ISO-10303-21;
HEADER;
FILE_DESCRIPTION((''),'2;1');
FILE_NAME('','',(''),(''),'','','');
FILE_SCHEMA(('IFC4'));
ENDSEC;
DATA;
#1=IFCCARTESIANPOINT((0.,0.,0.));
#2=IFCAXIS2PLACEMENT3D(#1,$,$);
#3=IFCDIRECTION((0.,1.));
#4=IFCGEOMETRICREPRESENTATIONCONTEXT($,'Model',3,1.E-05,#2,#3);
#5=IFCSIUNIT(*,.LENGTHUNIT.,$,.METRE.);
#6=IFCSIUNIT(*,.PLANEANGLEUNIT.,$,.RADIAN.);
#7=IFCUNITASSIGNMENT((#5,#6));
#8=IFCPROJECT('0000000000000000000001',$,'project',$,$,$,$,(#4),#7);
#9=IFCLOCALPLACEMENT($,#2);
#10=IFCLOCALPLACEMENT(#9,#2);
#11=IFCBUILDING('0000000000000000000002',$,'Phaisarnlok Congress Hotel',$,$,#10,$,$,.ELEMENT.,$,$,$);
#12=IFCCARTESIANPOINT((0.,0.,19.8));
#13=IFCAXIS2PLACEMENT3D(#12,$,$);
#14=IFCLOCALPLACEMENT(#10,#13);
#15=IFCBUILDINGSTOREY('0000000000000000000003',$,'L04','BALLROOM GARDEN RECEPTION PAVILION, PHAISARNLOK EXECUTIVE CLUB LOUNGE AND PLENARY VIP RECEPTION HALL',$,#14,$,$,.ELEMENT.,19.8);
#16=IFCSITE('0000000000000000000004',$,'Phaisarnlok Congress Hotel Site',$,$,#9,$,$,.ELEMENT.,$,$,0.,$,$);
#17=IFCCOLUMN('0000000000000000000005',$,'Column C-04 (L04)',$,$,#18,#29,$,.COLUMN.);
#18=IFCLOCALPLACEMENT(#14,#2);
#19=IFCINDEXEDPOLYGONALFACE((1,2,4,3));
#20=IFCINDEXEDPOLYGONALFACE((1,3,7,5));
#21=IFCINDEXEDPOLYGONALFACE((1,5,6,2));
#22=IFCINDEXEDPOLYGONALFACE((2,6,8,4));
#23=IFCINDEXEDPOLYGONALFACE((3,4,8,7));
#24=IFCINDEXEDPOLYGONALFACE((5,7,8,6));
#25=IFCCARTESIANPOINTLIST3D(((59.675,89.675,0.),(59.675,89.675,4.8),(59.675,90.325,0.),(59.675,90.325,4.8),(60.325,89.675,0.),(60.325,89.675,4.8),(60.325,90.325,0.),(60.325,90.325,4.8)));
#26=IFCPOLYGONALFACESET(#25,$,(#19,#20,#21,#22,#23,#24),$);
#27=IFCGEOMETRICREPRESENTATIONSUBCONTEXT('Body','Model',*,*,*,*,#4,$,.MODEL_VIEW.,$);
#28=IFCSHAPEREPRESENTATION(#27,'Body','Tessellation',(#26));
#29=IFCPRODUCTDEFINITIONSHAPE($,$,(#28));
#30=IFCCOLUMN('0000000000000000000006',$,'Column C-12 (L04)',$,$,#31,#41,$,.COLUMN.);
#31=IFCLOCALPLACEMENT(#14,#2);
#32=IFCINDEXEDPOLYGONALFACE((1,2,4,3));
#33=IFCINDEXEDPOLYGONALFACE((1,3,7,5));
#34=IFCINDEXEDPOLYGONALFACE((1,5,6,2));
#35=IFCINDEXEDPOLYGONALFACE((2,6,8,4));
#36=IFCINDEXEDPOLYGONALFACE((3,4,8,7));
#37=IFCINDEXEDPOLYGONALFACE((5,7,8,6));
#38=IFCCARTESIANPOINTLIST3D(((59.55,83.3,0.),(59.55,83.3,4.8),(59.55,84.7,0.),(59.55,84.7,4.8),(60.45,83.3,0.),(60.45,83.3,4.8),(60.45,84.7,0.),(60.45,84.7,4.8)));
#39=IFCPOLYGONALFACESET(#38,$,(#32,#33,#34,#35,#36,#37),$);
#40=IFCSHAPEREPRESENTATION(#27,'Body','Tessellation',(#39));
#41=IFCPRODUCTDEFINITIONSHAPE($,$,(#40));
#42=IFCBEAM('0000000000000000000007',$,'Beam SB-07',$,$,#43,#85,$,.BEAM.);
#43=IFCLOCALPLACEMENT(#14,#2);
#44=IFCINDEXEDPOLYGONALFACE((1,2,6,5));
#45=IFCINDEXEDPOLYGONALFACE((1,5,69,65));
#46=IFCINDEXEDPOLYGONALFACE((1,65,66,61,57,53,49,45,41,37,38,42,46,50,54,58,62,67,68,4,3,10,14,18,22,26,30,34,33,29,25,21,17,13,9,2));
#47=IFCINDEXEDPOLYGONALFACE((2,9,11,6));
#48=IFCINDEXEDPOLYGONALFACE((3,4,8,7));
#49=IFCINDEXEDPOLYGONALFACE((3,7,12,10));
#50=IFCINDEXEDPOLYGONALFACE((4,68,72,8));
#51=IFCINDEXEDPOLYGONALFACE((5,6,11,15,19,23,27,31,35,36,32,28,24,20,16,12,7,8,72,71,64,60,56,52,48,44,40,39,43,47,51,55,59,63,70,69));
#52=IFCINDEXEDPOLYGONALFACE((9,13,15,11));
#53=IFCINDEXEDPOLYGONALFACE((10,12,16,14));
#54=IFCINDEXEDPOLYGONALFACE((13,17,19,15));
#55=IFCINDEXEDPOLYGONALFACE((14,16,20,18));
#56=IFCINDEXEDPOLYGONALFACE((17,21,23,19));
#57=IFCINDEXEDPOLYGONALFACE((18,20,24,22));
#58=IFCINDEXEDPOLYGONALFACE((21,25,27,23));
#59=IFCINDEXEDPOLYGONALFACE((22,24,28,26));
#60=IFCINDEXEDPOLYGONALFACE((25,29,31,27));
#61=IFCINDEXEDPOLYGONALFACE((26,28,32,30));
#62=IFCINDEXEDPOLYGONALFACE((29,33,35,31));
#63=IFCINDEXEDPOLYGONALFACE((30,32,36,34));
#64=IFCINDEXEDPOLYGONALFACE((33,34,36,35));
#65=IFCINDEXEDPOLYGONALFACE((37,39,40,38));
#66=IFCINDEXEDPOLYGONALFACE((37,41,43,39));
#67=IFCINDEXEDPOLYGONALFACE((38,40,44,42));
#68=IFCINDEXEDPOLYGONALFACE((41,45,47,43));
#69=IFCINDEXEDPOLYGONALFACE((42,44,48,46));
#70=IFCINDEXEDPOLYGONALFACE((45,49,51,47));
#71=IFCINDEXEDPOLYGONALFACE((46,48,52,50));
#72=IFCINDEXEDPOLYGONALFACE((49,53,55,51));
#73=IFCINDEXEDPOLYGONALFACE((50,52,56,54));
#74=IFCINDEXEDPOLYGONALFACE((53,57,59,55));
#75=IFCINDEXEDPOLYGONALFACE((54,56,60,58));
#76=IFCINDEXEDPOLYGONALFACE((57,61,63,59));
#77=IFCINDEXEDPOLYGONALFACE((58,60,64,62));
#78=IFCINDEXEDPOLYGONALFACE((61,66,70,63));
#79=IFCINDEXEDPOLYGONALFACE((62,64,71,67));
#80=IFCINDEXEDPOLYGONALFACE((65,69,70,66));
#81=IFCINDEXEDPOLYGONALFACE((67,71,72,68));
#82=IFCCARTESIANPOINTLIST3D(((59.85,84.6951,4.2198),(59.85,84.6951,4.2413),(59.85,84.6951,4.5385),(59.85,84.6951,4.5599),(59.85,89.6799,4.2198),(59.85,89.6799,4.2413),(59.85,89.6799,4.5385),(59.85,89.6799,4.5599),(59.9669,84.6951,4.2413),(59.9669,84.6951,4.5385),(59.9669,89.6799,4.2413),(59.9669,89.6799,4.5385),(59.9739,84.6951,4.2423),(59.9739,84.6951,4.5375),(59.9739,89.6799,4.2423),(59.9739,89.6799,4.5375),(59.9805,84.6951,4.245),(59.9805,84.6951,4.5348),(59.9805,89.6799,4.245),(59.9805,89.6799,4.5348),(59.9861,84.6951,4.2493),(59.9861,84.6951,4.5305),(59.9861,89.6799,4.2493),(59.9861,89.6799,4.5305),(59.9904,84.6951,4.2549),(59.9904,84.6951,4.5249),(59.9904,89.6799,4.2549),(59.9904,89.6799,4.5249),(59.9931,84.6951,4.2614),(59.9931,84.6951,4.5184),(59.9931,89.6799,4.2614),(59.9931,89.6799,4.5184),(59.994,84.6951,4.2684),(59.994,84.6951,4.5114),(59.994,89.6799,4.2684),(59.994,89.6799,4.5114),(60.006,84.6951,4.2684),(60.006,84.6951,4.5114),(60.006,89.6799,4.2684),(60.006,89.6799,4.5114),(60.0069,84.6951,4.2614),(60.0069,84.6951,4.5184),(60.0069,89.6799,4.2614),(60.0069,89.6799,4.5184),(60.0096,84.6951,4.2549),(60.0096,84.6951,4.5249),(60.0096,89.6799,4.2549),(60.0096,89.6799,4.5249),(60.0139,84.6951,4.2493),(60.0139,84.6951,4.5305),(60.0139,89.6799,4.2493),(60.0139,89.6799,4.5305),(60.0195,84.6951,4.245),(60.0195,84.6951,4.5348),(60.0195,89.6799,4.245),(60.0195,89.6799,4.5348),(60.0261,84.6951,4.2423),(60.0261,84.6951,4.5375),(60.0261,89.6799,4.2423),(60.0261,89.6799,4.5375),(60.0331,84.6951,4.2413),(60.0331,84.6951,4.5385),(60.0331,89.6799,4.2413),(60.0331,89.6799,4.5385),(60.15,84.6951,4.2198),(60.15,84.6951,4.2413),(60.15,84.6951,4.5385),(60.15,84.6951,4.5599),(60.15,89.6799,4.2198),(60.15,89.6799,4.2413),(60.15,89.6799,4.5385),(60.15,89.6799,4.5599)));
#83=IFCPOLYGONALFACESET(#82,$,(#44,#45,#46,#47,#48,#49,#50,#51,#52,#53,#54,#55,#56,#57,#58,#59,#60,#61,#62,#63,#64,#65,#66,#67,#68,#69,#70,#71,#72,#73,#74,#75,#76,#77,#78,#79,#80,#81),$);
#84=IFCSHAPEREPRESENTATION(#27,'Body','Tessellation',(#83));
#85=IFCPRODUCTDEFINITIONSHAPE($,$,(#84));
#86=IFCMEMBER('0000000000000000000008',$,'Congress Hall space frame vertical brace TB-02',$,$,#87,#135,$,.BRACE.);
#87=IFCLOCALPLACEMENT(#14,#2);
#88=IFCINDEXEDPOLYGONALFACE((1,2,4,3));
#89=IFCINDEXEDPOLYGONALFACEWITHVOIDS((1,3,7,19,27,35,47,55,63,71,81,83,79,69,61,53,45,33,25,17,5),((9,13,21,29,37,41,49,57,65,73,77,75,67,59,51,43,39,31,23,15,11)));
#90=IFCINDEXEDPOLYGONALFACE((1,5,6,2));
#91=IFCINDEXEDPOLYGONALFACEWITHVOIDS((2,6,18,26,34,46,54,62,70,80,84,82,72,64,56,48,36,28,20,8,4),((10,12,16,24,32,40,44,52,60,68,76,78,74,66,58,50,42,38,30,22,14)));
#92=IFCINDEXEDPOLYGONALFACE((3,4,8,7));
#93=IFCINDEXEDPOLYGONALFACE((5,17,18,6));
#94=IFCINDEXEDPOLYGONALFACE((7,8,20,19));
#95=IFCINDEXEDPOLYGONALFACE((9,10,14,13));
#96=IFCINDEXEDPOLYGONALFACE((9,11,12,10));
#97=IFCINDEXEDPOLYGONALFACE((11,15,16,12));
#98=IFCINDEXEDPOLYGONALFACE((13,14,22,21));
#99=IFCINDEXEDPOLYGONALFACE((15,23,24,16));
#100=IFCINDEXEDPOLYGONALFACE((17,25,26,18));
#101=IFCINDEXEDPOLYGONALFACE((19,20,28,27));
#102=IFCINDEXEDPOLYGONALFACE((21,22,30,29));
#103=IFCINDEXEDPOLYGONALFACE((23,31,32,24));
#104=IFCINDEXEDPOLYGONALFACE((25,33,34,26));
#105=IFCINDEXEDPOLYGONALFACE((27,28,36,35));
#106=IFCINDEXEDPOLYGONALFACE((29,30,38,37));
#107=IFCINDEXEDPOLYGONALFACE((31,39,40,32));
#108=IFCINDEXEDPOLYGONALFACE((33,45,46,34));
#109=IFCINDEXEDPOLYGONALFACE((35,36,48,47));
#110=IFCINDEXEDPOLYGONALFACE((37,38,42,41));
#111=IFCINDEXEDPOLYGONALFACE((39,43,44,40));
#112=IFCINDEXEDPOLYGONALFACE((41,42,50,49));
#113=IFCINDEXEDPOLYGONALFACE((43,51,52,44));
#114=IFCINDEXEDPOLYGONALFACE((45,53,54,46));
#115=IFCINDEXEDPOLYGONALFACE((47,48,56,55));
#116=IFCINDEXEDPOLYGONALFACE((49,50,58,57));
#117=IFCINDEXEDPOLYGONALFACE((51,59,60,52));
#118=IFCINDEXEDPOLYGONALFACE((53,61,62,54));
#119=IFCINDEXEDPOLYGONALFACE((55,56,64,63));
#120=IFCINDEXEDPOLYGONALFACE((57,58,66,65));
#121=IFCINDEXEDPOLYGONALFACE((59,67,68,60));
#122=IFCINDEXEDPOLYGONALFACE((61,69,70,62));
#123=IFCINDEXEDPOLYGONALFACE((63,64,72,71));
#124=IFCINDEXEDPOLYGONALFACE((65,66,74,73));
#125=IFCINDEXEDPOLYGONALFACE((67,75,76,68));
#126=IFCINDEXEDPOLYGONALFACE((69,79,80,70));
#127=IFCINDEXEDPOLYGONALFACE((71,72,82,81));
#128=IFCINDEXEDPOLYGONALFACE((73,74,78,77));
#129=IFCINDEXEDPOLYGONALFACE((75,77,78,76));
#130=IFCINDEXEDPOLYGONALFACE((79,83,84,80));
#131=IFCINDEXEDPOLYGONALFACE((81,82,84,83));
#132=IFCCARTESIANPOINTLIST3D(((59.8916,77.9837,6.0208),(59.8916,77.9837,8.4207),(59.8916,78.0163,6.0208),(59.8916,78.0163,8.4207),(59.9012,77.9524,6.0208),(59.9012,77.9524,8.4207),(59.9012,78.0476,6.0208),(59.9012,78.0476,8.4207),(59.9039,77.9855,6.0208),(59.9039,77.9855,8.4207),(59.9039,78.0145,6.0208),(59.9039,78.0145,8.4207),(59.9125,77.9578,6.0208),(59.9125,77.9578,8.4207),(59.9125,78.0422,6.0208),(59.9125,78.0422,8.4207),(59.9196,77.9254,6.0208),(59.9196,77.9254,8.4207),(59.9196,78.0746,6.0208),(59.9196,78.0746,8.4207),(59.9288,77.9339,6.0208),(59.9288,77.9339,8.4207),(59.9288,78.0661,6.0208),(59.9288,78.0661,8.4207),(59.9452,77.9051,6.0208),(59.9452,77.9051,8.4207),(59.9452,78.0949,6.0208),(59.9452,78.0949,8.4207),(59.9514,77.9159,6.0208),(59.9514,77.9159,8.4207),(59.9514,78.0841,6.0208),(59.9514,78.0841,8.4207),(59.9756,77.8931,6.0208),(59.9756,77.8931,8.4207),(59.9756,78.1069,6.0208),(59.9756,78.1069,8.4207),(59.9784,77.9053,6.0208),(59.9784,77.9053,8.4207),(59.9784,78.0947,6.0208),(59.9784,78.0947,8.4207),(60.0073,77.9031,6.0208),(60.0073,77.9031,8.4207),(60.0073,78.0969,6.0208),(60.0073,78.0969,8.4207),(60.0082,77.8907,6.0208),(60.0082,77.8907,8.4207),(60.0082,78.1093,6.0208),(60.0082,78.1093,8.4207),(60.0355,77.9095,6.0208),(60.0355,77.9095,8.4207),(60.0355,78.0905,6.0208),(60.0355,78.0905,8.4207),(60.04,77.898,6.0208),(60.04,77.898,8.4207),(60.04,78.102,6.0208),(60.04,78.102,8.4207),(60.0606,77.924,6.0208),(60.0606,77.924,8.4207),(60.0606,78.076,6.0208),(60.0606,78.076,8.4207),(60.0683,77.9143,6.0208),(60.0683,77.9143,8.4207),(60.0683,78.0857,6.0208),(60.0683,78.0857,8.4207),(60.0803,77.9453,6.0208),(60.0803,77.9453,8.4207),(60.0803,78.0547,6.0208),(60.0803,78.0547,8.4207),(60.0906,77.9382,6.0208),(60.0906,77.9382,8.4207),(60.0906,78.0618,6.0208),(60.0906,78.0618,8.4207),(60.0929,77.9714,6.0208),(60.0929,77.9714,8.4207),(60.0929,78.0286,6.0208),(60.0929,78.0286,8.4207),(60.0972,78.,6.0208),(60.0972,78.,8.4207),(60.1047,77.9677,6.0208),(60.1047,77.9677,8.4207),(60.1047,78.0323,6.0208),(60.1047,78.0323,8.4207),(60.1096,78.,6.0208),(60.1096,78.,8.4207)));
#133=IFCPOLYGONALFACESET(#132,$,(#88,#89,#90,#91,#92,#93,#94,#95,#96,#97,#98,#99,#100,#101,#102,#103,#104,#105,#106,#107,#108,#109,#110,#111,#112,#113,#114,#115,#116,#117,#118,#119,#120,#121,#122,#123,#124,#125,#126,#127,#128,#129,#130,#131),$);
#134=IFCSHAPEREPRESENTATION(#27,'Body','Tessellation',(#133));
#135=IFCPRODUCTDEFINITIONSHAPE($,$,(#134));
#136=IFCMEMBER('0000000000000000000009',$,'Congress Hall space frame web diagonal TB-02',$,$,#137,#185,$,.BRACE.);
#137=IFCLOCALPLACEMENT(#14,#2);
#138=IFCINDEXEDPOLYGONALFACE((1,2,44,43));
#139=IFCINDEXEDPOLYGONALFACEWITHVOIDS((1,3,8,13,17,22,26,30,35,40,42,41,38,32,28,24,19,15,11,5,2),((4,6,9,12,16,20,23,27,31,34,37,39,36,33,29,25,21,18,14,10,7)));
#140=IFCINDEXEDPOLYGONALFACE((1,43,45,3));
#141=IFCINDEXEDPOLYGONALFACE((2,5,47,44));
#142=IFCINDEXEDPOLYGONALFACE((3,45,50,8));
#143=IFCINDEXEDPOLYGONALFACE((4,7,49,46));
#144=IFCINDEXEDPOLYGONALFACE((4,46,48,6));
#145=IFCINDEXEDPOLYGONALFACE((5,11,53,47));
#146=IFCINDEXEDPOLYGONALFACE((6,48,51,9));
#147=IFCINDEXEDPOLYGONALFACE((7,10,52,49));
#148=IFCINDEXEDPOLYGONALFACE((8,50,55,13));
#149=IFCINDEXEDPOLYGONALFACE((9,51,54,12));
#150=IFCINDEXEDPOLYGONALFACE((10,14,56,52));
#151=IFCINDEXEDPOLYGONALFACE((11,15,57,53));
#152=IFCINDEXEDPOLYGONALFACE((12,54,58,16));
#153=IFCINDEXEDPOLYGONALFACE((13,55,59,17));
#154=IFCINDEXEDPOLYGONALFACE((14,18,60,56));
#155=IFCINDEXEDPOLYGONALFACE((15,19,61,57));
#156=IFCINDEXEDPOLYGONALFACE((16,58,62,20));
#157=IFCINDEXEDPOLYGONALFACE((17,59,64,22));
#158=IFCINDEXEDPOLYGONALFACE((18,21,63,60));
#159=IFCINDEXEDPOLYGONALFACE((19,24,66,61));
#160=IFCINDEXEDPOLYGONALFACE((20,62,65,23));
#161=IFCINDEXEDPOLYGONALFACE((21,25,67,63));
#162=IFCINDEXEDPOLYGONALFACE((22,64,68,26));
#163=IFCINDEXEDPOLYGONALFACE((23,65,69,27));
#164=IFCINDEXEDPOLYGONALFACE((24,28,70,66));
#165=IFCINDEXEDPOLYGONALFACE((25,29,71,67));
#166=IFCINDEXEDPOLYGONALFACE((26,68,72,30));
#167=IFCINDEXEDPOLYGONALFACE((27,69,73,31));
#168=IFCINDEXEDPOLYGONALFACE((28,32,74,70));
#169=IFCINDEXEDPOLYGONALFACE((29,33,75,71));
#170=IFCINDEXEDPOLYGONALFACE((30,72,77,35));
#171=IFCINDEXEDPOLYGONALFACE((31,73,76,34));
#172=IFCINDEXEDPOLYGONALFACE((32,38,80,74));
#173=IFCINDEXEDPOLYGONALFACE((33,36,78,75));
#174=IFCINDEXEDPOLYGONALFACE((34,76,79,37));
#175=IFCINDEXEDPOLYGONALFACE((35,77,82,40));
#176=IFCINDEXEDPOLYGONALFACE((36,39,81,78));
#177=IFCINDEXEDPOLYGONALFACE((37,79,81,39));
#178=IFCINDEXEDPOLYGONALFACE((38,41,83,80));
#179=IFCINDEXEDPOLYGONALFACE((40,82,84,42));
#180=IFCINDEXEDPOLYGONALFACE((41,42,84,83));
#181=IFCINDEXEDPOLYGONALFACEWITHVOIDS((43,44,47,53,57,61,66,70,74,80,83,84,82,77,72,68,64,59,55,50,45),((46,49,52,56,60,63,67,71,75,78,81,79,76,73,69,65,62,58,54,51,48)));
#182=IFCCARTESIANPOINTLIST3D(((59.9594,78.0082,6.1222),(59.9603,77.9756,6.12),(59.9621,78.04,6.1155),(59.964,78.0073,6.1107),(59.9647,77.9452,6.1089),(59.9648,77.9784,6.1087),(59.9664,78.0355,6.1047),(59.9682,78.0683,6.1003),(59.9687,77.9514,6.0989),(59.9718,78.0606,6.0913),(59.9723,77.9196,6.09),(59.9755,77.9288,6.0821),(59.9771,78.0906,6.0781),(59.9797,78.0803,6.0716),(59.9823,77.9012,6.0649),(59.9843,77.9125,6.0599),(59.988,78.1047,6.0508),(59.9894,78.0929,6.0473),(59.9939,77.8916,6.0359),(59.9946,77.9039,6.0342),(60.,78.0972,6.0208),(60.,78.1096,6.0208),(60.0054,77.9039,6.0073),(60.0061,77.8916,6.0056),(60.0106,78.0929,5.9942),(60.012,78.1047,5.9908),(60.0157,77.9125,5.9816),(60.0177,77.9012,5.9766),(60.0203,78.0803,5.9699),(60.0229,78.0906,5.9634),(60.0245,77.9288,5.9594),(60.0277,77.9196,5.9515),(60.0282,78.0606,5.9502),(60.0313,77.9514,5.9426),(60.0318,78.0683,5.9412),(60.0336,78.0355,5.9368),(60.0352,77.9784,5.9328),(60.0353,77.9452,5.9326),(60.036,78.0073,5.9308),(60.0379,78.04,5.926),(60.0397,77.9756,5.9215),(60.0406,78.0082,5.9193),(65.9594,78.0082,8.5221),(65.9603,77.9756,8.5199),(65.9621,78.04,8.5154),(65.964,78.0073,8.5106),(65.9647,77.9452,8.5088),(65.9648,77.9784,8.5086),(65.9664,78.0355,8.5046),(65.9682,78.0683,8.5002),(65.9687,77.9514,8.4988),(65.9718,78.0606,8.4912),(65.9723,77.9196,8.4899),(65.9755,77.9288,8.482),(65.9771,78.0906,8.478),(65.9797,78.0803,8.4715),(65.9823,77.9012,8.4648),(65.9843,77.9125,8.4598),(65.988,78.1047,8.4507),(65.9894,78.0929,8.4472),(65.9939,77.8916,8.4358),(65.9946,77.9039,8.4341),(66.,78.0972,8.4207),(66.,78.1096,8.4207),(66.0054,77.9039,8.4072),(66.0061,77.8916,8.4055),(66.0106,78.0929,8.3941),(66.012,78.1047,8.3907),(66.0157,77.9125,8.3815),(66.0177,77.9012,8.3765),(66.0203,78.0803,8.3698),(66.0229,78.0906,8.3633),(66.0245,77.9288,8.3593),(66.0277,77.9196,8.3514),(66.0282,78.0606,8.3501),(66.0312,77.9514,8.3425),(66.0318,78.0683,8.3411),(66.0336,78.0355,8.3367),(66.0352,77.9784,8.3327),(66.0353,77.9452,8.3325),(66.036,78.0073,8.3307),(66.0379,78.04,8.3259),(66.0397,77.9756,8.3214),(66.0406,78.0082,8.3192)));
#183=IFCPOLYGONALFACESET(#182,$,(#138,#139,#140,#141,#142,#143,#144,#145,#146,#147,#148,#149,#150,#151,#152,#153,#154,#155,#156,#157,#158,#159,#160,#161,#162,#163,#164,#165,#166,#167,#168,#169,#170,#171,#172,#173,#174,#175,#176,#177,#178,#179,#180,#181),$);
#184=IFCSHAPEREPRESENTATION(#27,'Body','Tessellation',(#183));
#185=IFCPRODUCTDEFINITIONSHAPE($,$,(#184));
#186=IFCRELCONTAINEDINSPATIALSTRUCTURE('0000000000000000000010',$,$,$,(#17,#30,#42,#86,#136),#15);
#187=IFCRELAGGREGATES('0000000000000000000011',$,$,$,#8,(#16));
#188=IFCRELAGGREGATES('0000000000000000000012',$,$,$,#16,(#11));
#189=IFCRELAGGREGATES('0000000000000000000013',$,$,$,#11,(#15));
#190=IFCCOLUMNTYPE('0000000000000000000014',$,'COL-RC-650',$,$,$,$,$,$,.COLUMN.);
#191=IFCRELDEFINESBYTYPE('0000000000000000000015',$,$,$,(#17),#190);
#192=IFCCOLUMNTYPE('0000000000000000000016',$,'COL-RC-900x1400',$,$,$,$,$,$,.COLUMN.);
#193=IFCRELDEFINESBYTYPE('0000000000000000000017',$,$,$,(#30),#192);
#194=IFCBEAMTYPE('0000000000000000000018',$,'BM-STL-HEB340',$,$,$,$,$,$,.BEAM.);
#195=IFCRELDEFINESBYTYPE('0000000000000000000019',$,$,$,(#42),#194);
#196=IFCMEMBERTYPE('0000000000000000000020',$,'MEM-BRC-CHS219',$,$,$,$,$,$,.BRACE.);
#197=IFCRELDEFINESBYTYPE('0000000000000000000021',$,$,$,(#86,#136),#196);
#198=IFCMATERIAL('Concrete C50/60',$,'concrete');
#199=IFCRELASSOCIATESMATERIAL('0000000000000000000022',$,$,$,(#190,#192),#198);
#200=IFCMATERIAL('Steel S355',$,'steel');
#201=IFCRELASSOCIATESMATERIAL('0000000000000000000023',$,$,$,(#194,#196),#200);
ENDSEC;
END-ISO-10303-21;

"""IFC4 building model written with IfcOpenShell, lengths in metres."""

from ifc_helpers import new_model, si_unit, direction, frame, origin, origin_2d, place, context, subcontext, project, spatial, rectangle, hollow_circle, i_section, extrude, material, material_profile, profile_set, type_object, element, save


model = new_model("IFC4")

# Units and contexts
model_context = context("Model", 3, precision=1e-05, world=origin(), true_north=direction((0.0, 1.0)))
body_context = subcontext(model_context, "Body", "Model", "MODEL_VIEW")
ifc_project = project(units=[si_unit("LENGTHUNIT", "METRE"), si_unit("PLANEANGLEUNIT", "RADIAN")], contexts=[model_context])

# Site, building, storey
site_placement = place(None, origin())
site = spatial("IfcSite", under=ifc_project, at=site_placement, Name="Phaisarnlok Congress Hotel Site", CompositionType="ELEMENT", RefElevation=0.0)
building_placement = place(site_placement, origin())
building = spatial("IfcBuilding", under=site, at=building_placement, Name="Phaisarnlok Congress Hotel", CompositionType="ELEMENT")
storey_placement = place(building_placement, frame((0.0, 0.0, 19.8)))
storey = spatial("IfcBuildingStorey", under=building, at=storey_placement, Name="L04", Description="BALLROOM GARDEN RECEPTION PAVILION, PHAISARNLOK EXECUTIVE CLUB LOUNGE AND PLENARY VIP RECEPTION HALL", CompositionType="ELEMENT", Elevation=19.8)

# Columns
ifc_material_1 = material(Name="Concrete C50/60", Category="concrete")
ifc_material_profile_1 = material_profile(ifc_material_1, rectangle(XDim=0.6499, YDim=0.6499, at=origin_2d()), Name="RC 650x650")
ifc_profile_set_1 = profile_set([ifc_material_profile_1], Name="Concrete C50/60")
column_type_1 = type_object("IfcColumnType", Name="COL-RC-650", PredefinedType="COLUMN", material=ifc_profile_set_1)
column_1_placement = place(storey_placement, frame((60.0, 90.0, 0.0), z_axis=(0.0, 0.0, 1.0), x_axis=(1.0, 0.0, 0.0)))
element("IfcColumn", 1, at=column_1_placement, inside=storey, type_object=column_type_1, Name="Column C-04 (L04)", PredefinedType="COLUMN", context=body_context, shape_type="SweptSolid", body=[
    extrude(rectangle(XDim=0.6499, YDim=0.6499, at=origin_2d()), origin(), (0.0, 0.0, 1.0), 4.8),
])
ifc_material_profile_2 = material_profile(ifc_material_1, rectangle(XDim=0.8999, YDim=1.3999, at=origin_2d()), Name="RC 900x1400")
ifc_profile_set_2 = profile_set([ifc_material_profile_2], Name="Concrete C50/60")
column_type_2 = type_object("IfcColumnType", Name="COL-RC-900x1400", PredefinedType="COLUMN", material=ifc_profile_set_2)
column_2_placement = place(storey_placement, frame((60.0, 84.0, 0.0), z_axis=(0.0, 0.0, 1.0), x_axis=(1.0, 0.0, 0.0)))
element("IfcColumn", 2, at=column_2_placement, inside=storey, type_object=column_type_2, Name="Column C-12 (L04)", PredefinedType="COLUMN", context=body_context, shape_type="SweptSolid", body=[
    extrude(rectangle(XDim=0.8999, YDim=1.3999, at=origin_2d()), origin(), (0.0, 0.0, 1.0), 4.8),
])

# Beam
ifc_material_2 = material(Name="Steel S355", Category="steel")
ifc_material_profile_3 = material_profile(ifc_material_2, i_section(OverallWidth=0.3, OverallDepth=0.3401, WebThickness=0.012, FlangeThickness=0.0215, FilletRadius=0.0271, at=origin_2d()), Name="HEB 340")
ifc_profile_set_3 = profile_set([ifc_material_profile_3], Name="Steel S355")
beam_type_1 = type_object("IfcBeamType", Name="BM-STL-HEB340", PredefinedType="BEAM", material=ifc_profile_set_3)
beam_1_placement = place(storey_placement, frame((60.0, 84.6951, 4.3899), z_axis=(0.0, 1.0, 0.0), x_axis=(-1.0, 0.0, 0.0)))
element("IfcBeam", 3, at=beam_1_placement, inside=storey, type_object=beam_type_1, Name="Beam SB-07", PredefinedType="BEAM", context=body_context, shape_type="SweptSolid", body=[
    extrude(i_section(OverallWidth=0.3, OverallDepth=0.3401, WebThickness=0.012, FlangeThickness=0.0215, FilletRadius=0.0271, at=origin_2d()), origin(), (0.0, 0.0, 1.0), 4.9849),
])

# Members
ifc_material_profile_4 = material_profile(ifc_material_2, hollow_circle(Radius=0.1096, WallThickness=0.0125, at=origin_2d()), Name="CHS 219.1x12.5")
ifc_profile_set_4 = profile_set([ifc_material_profile_4], Name="Steel S355")
member_type_1 = type_object("IfcMemberType", Name="MEM-BRC-CHS219", PredefinedType="BRACE", material=ifc_profile_set_4)
member_1_placement = place(storey_placement, frame((60.0, 78.0, 6.0208), z_axis=(0.0, 0.0, 1.0), x_axis=(1.0, 0.0, 0.0)))
element("IfcMember", 4, at=member_1_placement, inside=storey, type_object=member_type_1, Name="Congress Hall space frame vertical brace TB-02", PredefinedType="BRACE", context=body_context, shape_type="SweptSolid", body=[
    extrude(hollow_circle(Radius=0.1096, WallThickness=0.0125, at=origin_2d()), origin(), (0.0, 0.0, 1.0), 2.3999),
])
member_2_placement = place(storey_placement, frame((60.0, 78.0, 6.0208), z_axis=(0.928482, 0.0, 0.371378), x_axis=(0.0, 1.0, 0.0)))
element("IfcMember", 5, at=member_2_placement, inside=storey, type_object=member_type_1, Name="Congress Hall space frame web diagonal TB-02", PredefinedType="BRACE", context=body_context, shape_type="SweptSolid", body=[
    extrude(hollow_circle(Radius=0.1096, WallThickness=0.0125, at=origin_2d()), origin(), (0.0, 0.0, 1.0), 6.4622),
])

save(model, "model.ifc")
